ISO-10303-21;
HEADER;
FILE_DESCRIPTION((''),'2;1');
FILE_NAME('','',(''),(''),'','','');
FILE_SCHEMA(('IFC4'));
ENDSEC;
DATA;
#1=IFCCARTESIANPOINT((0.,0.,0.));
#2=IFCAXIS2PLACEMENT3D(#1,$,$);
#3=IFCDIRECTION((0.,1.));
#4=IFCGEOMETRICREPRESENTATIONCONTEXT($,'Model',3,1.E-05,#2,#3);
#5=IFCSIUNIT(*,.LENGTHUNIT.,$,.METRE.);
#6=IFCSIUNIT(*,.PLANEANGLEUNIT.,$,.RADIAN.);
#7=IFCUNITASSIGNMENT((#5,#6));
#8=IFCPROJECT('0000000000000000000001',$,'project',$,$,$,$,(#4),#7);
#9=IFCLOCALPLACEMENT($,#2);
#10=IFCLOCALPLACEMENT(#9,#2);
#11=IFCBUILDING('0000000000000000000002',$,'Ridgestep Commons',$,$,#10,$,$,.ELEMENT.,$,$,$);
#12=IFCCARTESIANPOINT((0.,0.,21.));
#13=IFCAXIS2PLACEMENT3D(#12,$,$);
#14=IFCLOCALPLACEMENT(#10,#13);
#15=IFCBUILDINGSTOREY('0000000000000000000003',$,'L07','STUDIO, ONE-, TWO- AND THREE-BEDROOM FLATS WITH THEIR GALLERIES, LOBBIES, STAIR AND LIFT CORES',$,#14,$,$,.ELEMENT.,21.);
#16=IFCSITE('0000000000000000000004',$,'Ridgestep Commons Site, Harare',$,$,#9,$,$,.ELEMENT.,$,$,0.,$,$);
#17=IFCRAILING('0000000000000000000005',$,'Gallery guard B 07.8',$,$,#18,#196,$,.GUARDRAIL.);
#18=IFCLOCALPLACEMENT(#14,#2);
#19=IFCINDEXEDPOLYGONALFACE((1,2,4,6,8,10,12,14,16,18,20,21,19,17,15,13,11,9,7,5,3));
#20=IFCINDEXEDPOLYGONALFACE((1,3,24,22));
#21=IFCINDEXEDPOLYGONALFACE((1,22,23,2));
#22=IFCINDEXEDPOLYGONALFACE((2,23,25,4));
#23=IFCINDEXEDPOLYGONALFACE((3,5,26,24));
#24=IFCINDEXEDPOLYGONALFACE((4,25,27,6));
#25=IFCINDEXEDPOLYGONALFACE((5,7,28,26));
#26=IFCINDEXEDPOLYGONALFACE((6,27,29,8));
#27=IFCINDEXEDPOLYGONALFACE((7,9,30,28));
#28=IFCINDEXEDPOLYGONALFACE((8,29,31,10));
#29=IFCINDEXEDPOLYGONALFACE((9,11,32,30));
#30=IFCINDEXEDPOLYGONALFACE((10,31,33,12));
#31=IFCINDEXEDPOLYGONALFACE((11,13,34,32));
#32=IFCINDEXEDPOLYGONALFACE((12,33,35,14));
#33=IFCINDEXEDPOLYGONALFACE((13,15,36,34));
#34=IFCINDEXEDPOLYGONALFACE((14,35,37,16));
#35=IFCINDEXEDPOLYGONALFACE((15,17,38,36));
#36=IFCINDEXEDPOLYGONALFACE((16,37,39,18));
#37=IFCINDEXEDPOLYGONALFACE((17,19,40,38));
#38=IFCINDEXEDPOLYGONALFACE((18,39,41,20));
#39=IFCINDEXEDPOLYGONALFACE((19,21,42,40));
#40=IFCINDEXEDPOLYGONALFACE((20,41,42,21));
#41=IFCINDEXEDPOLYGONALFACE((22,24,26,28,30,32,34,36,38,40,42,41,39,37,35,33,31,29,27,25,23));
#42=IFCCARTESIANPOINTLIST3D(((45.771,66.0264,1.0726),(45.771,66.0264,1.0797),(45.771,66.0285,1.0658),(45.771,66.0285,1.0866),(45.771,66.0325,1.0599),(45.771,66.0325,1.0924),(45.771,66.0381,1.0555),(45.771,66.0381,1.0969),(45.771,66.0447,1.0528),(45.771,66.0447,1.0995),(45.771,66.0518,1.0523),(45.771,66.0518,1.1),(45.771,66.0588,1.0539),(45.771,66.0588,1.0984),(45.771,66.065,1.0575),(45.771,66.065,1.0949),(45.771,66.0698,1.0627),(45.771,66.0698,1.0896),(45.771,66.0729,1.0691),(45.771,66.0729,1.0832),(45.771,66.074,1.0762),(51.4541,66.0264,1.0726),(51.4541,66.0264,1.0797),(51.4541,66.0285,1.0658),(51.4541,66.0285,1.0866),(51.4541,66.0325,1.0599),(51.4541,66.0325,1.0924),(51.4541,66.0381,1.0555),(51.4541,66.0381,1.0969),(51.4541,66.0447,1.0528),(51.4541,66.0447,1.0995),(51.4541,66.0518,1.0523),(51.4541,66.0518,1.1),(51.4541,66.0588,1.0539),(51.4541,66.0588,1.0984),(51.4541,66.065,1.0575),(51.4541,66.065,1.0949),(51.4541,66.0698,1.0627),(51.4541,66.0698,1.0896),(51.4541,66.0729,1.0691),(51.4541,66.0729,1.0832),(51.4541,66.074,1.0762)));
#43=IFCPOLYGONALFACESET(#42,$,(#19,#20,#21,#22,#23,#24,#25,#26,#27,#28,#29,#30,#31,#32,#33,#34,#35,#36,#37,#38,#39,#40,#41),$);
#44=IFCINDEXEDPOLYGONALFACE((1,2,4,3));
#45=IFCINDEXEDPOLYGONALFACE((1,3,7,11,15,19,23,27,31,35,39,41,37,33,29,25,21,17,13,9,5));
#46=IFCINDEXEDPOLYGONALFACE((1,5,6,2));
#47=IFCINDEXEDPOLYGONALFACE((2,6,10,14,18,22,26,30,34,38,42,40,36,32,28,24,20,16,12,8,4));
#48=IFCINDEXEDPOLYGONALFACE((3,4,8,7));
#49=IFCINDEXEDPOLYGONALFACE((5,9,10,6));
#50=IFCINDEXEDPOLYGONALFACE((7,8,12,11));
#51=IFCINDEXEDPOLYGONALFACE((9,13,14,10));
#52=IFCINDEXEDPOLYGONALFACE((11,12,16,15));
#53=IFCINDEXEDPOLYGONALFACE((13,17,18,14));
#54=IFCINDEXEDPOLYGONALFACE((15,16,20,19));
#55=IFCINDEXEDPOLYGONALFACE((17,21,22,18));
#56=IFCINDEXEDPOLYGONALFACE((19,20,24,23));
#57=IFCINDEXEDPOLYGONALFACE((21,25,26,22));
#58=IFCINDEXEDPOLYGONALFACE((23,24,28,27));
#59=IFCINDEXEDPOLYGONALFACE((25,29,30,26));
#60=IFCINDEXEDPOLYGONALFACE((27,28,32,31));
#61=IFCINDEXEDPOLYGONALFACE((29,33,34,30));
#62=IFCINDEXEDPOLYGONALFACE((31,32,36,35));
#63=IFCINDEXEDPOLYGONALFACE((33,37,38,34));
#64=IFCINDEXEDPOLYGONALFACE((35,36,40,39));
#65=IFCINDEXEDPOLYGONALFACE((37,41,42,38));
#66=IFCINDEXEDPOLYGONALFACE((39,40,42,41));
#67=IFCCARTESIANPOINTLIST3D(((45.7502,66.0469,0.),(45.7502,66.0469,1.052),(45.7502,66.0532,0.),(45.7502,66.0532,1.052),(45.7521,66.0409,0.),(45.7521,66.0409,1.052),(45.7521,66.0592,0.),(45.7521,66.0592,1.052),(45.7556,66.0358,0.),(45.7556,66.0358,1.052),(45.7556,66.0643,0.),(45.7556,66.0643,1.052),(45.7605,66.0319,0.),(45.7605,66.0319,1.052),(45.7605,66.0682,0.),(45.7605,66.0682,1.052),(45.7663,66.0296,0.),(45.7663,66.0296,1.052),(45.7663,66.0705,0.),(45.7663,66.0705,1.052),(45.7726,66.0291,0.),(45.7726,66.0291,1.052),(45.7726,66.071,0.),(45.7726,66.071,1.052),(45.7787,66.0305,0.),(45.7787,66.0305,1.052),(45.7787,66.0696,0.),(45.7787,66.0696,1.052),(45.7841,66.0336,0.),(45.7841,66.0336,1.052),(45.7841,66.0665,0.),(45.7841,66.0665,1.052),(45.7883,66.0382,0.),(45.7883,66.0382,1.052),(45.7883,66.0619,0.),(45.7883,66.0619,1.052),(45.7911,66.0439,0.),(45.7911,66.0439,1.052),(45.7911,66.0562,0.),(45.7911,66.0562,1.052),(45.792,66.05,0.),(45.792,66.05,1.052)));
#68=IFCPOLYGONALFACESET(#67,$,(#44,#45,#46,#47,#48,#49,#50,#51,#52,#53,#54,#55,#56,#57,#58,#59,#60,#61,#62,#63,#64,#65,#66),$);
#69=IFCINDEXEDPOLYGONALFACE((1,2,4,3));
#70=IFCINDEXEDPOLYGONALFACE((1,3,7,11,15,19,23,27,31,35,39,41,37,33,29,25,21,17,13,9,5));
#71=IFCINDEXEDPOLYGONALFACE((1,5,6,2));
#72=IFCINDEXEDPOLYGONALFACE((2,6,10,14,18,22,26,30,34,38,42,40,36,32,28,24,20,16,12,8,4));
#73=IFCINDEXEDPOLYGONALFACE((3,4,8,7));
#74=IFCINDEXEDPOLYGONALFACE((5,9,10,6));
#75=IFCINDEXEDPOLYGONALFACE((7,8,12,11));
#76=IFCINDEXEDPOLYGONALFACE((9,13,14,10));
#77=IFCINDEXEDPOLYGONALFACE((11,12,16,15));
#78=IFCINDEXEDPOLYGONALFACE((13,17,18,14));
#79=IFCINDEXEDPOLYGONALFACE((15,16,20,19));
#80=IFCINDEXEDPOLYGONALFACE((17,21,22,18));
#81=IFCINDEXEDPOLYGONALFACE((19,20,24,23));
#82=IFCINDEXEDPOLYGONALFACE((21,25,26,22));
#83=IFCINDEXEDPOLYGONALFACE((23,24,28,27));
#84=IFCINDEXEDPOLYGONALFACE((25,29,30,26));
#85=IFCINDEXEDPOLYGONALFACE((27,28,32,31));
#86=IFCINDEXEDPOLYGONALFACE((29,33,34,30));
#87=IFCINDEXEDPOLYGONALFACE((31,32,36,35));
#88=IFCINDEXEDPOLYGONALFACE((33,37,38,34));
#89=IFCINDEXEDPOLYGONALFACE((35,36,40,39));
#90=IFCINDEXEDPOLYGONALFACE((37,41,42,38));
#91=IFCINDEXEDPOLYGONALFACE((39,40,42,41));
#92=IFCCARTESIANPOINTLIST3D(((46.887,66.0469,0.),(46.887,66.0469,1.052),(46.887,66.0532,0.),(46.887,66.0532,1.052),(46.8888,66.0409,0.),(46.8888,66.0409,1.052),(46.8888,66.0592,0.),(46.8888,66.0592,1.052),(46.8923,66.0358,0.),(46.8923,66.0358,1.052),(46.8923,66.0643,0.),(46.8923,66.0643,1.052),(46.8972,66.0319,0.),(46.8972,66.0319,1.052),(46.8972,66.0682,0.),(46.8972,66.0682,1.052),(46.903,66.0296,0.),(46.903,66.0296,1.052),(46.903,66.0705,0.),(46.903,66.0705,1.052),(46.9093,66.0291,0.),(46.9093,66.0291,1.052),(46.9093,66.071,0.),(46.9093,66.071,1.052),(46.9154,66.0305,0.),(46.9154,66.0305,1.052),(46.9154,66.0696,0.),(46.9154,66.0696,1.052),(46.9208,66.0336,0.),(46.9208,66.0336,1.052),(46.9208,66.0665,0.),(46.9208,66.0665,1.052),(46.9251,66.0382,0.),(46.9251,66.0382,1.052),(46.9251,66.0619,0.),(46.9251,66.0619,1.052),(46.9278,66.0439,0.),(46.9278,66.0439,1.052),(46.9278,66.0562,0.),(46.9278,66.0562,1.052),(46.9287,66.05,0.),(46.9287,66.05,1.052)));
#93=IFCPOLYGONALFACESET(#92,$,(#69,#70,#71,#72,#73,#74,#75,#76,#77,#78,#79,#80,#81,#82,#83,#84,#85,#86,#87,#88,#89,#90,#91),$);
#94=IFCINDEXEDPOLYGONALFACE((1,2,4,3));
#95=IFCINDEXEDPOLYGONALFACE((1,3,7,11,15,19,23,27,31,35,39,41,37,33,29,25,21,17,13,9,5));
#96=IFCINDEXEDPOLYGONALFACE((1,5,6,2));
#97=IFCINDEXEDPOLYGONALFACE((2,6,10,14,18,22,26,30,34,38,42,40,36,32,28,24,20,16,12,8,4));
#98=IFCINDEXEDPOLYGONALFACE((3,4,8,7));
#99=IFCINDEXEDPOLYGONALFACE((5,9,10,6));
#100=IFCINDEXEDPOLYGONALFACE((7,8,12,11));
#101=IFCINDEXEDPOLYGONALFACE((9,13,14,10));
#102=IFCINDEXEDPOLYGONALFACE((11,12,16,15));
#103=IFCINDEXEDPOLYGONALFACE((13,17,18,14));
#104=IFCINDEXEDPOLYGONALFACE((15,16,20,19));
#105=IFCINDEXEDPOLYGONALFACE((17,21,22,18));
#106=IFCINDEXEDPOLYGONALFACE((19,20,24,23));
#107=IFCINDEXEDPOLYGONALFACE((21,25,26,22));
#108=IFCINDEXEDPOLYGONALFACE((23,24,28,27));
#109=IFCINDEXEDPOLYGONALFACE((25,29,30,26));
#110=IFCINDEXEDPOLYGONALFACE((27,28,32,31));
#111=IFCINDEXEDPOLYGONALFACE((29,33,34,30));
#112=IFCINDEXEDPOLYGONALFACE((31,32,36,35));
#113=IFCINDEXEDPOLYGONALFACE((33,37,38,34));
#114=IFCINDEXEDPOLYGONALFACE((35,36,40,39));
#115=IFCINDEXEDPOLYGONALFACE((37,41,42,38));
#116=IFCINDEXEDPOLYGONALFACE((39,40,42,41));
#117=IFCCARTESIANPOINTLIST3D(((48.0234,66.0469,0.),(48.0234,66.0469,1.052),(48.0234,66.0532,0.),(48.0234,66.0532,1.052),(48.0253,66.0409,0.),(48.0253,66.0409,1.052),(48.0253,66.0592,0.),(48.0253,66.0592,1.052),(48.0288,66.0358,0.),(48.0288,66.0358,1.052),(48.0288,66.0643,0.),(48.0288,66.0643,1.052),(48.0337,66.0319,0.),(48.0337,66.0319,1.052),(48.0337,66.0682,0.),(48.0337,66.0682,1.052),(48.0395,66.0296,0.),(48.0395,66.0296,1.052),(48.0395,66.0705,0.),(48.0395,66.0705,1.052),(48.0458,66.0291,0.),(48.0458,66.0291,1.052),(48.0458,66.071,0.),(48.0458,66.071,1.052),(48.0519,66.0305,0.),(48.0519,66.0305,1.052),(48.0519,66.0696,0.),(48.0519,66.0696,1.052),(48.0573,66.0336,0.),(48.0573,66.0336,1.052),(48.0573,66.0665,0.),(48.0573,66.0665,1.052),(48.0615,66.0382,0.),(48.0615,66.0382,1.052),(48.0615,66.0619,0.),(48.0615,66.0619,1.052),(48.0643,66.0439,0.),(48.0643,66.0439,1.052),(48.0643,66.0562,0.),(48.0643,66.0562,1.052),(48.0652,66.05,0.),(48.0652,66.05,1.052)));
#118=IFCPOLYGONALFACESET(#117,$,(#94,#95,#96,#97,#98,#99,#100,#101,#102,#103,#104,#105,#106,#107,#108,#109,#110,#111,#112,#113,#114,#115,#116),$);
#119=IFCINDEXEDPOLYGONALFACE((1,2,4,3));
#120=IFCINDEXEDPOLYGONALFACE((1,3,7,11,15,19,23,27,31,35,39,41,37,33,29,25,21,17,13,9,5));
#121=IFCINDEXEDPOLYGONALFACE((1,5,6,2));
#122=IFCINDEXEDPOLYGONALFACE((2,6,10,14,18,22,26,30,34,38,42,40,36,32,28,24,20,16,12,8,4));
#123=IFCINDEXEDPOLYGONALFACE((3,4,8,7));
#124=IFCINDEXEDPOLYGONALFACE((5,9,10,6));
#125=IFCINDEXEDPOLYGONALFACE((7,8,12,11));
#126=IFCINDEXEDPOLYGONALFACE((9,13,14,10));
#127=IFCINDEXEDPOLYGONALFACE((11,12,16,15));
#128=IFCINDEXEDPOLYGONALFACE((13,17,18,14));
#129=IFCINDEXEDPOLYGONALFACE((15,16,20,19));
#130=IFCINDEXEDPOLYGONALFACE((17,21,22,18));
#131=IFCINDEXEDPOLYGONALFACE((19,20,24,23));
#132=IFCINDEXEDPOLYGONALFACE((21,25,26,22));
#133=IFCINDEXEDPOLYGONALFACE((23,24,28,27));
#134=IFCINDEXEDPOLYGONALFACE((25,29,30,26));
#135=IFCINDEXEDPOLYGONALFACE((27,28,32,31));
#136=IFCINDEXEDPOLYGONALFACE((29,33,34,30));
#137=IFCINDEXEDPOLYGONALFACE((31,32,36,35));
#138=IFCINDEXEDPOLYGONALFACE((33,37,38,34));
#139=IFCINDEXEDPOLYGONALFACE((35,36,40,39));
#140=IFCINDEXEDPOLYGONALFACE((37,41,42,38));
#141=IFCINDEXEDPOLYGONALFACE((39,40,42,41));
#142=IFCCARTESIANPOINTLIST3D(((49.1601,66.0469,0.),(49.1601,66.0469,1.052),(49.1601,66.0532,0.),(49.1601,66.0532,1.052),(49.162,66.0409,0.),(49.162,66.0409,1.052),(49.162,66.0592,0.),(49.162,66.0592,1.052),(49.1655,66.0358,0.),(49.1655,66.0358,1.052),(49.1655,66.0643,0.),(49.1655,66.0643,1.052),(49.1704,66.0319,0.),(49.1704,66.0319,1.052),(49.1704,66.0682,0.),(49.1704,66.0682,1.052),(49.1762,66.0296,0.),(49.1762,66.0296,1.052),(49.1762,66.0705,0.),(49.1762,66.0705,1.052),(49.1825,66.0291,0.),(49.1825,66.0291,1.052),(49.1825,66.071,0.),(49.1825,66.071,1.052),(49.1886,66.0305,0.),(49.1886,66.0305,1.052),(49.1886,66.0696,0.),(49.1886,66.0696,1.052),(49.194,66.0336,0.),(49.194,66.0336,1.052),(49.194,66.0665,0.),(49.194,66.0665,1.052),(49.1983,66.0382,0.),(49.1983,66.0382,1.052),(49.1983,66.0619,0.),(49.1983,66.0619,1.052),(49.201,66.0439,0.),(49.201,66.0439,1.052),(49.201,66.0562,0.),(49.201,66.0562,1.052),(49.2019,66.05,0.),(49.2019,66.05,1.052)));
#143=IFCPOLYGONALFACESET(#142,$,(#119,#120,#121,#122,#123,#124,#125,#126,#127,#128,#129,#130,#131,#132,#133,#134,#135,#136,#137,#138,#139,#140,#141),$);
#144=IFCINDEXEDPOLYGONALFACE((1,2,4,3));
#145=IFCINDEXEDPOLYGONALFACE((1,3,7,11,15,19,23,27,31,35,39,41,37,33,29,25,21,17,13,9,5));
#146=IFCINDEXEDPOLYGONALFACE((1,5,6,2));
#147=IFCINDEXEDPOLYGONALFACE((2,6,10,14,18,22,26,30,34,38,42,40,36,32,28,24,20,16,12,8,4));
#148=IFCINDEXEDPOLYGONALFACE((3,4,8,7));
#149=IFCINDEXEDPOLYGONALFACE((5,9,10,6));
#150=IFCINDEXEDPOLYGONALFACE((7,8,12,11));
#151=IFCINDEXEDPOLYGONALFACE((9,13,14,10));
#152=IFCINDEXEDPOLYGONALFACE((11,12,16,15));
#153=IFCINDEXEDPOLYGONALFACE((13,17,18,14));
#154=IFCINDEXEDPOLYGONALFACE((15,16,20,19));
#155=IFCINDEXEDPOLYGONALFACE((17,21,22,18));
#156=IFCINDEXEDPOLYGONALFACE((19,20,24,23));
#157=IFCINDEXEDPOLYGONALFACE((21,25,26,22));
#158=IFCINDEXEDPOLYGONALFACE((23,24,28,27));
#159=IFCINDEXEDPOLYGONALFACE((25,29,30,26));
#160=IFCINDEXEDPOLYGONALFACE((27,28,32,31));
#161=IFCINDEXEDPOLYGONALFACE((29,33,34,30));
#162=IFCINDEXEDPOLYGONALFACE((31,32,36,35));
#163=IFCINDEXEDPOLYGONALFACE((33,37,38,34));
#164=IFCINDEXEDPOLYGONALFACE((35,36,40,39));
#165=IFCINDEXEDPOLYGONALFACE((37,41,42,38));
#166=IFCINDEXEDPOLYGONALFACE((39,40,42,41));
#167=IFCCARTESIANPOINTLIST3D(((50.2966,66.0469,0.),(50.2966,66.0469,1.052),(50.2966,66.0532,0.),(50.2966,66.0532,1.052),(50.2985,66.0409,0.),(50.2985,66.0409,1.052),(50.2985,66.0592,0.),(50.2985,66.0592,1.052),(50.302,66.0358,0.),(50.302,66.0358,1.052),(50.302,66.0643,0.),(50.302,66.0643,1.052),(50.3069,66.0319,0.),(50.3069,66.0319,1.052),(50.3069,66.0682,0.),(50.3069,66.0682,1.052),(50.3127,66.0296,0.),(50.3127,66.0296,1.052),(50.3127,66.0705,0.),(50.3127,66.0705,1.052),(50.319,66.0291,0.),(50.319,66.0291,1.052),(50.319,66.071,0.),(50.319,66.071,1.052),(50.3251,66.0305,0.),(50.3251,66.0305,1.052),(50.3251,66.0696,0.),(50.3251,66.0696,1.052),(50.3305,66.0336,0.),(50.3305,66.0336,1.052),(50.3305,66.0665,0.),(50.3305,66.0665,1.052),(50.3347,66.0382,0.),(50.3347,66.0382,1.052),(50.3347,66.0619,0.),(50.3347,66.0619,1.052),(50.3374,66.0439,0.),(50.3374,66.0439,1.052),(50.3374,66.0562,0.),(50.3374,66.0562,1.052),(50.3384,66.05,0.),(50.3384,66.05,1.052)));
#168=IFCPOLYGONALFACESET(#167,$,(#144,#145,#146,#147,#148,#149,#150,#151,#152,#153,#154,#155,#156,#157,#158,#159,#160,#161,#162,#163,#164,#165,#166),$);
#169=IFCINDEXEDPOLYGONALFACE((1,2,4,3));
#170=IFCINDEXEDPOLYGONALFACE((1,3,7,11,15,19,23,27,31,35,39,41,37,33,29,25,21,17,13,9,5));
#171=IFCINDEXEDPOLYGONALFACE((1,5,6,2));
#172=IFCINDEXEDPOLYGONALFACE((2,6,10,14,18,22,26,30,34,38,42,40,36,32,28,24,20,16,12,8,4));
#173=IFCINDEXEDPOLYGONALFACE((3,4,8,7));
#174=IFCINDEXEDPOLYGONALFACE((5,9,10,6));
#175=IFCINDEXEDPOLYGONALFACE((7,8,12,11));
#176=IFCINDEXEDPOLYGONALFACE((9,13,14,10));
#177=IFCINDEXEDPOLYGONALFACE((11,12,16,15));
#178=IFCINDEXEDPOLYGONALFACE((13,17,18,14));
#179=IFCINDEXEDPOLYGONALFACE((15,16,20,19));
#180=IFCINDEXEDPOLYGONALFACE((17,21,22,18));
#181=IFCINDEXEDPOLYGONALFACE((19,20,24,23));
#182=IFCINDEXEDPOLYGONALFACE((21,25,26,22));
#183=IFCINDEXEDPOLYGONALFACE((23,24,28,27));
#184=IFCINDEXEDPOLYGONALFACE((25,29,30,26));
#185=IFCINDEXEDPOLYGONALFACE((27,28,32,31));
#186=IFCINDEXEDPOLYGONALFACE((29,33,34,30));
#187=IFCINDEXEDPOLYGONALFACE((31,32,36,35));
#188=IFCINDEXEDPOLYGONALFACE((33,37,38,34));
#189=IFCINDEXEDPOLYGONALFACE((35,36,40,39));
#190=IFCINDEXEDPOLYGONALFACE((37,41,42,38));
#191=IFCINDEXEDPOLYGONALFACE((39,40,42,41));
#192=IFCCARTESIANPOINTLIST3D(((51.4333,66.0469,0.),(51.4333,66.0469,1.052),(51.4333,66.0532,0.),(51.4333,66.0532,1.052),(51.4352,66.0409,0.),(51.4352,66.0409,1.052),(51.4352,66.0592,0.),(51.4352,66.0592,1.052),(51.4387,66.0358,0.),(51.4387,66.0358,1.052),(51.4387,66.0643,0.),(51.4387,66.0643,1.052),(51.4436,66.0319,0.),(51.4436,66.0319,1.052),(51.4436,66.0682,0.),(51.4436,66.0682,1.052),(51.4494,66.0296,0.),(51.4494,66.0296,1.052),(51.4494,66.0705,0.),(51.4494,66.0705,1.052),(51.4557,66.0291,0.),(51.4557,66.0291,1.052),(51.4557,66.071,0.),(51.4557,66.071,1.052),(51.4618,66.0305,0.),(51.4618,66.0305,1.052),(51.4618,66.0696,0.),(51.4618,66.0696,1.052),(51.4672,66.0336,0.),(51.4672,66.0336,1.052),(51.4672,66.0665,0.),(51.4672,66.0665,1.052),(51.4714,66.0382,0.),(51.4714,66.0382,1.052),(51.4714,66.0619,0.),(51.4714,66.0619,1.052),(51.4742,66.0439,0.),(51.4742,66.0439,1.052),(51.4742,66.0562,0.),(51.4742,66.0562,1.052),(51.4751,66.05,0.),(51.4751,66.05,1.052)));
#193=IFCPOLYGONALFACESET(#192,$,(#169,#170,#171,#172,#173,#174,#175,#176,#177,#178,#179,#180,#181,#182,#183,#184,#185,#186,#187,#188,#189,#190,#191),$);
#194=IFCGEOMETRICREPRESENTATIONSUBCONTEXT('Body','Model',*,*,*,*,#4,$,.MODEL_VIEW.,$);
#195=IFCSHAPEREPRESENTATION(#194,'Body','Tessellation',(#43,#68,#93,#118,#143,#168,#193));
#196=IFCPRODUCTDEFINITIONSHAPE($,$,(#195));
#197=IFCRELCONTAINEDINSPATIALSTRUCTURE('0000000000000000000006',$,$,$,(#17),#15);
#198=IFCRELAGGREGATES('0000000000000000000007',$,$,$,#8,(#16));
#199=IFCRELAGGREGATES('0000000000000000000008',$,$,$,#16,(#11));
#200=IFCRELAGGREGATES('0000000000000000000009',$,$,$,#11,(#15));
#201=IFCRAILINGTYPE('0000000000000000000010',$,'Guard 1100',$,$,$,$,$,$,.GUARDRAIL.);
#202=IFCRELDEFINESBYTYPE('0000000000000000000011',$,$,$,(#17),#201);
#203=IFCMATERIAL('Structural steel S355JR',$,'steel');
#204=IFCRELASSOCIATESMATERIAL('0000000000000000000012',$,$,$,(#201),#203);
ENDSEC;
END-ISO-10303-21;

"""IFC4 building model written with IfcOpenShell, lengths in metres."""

from ifc_helpers import new_model, si_unit, direction, frame, origin, origin_2d, place, context, subcontext, project, spatial, circle, extrude, material, type_object, element, save


model = new_model("IFC4")

# Units and contexts
model_context = context("Model", 3, precision=1e-05, world=origin(), true_north=direction((0.0, 1.0)))
body_context = subcontext(model_context, "Body", "Model", "MODEL_VIEW")
ifc_project = project(units=[si_unit("LENGTHUNIT", "METRE"), si_unit("PLANEANGLEUNIT", "RADIAN")], contexts=[model_context])

# Site, building, storey
site_placement = place(None, origin())
site = spatial("IfcSite", under=ifc_project, at=site_placement, Name="Ridgestep Commons Site, Harare", CompositionType="ELEMENT", RefElevation=0.0)
building_placement = place(site_placement, origin())
building = spatial("IfcBuilding", under=site, at=building_placement, Name="Ridgestep Commons", CompositionType="ELEMENT")
storey_placement = place(building_placement, frame((0.0, 0.0, 21.0)))
storey = spatial("IfcBuildingStorey", under=building, at=storey_placement, Name="L07", Description="STUDIO, ONE-, TWO- AND THREE-BEDROOM FLATS WITH THEIR GALLERIES, LOBBIES, STAIR AND LIFT CORES", CompositionType="ELEMENT", Elevation=21.0)

# Railing
ifc_material_1 = material(Name="Structural steel S355JR", Category="steel")
railing_type_1 = type_object("IfcRailingType", Name="Guard 1100", PredefinedType="GUARDRAIL", material=ifc_material_1)
railing_1_placement = place(storey_placement, frame((45.771, 66.05, 0.0)))
element("IfcRailing", 1, at=railing_1_placement, inside=storey, type_object=railing_type_1, Name="Gallery guard B 07.8", PredefinedType="GUARDRAIL", context=body_context, shape_type="SweptSolid", body=[
    extrude(circle(Radius=0.0239, at=origin_2d()), frame((0.0, 0.0, 1.0762), z_axis=(1.0, 0.0, 0.0), x_axis=(0.0, 1.0, 0.0)), (0.0, 0.0, 1.0), 5.6831),
    extrude(circle(Radius=0.021, at=origin_2d()), origin(), (0.0, 0.0, 1.0), 1.052),
    extrude(circle(Radius=0.021, at=origin_2d()), frame((1.1367, 0.0, 0.0)), (0.0, 0.0, 1.0), 1.052),
    extrude(circle(Radius=0.021, at=origin_2d()), frame((2.2732, 0.0, 0.0)), (0.0, 0.0, 1.0), 1.052),
    extrude(circle(Radius=0.021, at=origin_2d()), frame((3.4099, 0.0, 0.0)), (0.0, 0.0, 1.0), 1.052),
    extrude(circle(Radius=0.021, at=origin_2d()), frame((4.5464, 0.0, 0.0)), (0.0, 0.0, 1.0), 1.052),
    extrude(circle(Radius=0.021, at=origin_2d()), frame((5.6831, 0.0, 0.0)), (0.0, 0.0, 1.0), 1.052),
])

save(model, "model.ifc")
